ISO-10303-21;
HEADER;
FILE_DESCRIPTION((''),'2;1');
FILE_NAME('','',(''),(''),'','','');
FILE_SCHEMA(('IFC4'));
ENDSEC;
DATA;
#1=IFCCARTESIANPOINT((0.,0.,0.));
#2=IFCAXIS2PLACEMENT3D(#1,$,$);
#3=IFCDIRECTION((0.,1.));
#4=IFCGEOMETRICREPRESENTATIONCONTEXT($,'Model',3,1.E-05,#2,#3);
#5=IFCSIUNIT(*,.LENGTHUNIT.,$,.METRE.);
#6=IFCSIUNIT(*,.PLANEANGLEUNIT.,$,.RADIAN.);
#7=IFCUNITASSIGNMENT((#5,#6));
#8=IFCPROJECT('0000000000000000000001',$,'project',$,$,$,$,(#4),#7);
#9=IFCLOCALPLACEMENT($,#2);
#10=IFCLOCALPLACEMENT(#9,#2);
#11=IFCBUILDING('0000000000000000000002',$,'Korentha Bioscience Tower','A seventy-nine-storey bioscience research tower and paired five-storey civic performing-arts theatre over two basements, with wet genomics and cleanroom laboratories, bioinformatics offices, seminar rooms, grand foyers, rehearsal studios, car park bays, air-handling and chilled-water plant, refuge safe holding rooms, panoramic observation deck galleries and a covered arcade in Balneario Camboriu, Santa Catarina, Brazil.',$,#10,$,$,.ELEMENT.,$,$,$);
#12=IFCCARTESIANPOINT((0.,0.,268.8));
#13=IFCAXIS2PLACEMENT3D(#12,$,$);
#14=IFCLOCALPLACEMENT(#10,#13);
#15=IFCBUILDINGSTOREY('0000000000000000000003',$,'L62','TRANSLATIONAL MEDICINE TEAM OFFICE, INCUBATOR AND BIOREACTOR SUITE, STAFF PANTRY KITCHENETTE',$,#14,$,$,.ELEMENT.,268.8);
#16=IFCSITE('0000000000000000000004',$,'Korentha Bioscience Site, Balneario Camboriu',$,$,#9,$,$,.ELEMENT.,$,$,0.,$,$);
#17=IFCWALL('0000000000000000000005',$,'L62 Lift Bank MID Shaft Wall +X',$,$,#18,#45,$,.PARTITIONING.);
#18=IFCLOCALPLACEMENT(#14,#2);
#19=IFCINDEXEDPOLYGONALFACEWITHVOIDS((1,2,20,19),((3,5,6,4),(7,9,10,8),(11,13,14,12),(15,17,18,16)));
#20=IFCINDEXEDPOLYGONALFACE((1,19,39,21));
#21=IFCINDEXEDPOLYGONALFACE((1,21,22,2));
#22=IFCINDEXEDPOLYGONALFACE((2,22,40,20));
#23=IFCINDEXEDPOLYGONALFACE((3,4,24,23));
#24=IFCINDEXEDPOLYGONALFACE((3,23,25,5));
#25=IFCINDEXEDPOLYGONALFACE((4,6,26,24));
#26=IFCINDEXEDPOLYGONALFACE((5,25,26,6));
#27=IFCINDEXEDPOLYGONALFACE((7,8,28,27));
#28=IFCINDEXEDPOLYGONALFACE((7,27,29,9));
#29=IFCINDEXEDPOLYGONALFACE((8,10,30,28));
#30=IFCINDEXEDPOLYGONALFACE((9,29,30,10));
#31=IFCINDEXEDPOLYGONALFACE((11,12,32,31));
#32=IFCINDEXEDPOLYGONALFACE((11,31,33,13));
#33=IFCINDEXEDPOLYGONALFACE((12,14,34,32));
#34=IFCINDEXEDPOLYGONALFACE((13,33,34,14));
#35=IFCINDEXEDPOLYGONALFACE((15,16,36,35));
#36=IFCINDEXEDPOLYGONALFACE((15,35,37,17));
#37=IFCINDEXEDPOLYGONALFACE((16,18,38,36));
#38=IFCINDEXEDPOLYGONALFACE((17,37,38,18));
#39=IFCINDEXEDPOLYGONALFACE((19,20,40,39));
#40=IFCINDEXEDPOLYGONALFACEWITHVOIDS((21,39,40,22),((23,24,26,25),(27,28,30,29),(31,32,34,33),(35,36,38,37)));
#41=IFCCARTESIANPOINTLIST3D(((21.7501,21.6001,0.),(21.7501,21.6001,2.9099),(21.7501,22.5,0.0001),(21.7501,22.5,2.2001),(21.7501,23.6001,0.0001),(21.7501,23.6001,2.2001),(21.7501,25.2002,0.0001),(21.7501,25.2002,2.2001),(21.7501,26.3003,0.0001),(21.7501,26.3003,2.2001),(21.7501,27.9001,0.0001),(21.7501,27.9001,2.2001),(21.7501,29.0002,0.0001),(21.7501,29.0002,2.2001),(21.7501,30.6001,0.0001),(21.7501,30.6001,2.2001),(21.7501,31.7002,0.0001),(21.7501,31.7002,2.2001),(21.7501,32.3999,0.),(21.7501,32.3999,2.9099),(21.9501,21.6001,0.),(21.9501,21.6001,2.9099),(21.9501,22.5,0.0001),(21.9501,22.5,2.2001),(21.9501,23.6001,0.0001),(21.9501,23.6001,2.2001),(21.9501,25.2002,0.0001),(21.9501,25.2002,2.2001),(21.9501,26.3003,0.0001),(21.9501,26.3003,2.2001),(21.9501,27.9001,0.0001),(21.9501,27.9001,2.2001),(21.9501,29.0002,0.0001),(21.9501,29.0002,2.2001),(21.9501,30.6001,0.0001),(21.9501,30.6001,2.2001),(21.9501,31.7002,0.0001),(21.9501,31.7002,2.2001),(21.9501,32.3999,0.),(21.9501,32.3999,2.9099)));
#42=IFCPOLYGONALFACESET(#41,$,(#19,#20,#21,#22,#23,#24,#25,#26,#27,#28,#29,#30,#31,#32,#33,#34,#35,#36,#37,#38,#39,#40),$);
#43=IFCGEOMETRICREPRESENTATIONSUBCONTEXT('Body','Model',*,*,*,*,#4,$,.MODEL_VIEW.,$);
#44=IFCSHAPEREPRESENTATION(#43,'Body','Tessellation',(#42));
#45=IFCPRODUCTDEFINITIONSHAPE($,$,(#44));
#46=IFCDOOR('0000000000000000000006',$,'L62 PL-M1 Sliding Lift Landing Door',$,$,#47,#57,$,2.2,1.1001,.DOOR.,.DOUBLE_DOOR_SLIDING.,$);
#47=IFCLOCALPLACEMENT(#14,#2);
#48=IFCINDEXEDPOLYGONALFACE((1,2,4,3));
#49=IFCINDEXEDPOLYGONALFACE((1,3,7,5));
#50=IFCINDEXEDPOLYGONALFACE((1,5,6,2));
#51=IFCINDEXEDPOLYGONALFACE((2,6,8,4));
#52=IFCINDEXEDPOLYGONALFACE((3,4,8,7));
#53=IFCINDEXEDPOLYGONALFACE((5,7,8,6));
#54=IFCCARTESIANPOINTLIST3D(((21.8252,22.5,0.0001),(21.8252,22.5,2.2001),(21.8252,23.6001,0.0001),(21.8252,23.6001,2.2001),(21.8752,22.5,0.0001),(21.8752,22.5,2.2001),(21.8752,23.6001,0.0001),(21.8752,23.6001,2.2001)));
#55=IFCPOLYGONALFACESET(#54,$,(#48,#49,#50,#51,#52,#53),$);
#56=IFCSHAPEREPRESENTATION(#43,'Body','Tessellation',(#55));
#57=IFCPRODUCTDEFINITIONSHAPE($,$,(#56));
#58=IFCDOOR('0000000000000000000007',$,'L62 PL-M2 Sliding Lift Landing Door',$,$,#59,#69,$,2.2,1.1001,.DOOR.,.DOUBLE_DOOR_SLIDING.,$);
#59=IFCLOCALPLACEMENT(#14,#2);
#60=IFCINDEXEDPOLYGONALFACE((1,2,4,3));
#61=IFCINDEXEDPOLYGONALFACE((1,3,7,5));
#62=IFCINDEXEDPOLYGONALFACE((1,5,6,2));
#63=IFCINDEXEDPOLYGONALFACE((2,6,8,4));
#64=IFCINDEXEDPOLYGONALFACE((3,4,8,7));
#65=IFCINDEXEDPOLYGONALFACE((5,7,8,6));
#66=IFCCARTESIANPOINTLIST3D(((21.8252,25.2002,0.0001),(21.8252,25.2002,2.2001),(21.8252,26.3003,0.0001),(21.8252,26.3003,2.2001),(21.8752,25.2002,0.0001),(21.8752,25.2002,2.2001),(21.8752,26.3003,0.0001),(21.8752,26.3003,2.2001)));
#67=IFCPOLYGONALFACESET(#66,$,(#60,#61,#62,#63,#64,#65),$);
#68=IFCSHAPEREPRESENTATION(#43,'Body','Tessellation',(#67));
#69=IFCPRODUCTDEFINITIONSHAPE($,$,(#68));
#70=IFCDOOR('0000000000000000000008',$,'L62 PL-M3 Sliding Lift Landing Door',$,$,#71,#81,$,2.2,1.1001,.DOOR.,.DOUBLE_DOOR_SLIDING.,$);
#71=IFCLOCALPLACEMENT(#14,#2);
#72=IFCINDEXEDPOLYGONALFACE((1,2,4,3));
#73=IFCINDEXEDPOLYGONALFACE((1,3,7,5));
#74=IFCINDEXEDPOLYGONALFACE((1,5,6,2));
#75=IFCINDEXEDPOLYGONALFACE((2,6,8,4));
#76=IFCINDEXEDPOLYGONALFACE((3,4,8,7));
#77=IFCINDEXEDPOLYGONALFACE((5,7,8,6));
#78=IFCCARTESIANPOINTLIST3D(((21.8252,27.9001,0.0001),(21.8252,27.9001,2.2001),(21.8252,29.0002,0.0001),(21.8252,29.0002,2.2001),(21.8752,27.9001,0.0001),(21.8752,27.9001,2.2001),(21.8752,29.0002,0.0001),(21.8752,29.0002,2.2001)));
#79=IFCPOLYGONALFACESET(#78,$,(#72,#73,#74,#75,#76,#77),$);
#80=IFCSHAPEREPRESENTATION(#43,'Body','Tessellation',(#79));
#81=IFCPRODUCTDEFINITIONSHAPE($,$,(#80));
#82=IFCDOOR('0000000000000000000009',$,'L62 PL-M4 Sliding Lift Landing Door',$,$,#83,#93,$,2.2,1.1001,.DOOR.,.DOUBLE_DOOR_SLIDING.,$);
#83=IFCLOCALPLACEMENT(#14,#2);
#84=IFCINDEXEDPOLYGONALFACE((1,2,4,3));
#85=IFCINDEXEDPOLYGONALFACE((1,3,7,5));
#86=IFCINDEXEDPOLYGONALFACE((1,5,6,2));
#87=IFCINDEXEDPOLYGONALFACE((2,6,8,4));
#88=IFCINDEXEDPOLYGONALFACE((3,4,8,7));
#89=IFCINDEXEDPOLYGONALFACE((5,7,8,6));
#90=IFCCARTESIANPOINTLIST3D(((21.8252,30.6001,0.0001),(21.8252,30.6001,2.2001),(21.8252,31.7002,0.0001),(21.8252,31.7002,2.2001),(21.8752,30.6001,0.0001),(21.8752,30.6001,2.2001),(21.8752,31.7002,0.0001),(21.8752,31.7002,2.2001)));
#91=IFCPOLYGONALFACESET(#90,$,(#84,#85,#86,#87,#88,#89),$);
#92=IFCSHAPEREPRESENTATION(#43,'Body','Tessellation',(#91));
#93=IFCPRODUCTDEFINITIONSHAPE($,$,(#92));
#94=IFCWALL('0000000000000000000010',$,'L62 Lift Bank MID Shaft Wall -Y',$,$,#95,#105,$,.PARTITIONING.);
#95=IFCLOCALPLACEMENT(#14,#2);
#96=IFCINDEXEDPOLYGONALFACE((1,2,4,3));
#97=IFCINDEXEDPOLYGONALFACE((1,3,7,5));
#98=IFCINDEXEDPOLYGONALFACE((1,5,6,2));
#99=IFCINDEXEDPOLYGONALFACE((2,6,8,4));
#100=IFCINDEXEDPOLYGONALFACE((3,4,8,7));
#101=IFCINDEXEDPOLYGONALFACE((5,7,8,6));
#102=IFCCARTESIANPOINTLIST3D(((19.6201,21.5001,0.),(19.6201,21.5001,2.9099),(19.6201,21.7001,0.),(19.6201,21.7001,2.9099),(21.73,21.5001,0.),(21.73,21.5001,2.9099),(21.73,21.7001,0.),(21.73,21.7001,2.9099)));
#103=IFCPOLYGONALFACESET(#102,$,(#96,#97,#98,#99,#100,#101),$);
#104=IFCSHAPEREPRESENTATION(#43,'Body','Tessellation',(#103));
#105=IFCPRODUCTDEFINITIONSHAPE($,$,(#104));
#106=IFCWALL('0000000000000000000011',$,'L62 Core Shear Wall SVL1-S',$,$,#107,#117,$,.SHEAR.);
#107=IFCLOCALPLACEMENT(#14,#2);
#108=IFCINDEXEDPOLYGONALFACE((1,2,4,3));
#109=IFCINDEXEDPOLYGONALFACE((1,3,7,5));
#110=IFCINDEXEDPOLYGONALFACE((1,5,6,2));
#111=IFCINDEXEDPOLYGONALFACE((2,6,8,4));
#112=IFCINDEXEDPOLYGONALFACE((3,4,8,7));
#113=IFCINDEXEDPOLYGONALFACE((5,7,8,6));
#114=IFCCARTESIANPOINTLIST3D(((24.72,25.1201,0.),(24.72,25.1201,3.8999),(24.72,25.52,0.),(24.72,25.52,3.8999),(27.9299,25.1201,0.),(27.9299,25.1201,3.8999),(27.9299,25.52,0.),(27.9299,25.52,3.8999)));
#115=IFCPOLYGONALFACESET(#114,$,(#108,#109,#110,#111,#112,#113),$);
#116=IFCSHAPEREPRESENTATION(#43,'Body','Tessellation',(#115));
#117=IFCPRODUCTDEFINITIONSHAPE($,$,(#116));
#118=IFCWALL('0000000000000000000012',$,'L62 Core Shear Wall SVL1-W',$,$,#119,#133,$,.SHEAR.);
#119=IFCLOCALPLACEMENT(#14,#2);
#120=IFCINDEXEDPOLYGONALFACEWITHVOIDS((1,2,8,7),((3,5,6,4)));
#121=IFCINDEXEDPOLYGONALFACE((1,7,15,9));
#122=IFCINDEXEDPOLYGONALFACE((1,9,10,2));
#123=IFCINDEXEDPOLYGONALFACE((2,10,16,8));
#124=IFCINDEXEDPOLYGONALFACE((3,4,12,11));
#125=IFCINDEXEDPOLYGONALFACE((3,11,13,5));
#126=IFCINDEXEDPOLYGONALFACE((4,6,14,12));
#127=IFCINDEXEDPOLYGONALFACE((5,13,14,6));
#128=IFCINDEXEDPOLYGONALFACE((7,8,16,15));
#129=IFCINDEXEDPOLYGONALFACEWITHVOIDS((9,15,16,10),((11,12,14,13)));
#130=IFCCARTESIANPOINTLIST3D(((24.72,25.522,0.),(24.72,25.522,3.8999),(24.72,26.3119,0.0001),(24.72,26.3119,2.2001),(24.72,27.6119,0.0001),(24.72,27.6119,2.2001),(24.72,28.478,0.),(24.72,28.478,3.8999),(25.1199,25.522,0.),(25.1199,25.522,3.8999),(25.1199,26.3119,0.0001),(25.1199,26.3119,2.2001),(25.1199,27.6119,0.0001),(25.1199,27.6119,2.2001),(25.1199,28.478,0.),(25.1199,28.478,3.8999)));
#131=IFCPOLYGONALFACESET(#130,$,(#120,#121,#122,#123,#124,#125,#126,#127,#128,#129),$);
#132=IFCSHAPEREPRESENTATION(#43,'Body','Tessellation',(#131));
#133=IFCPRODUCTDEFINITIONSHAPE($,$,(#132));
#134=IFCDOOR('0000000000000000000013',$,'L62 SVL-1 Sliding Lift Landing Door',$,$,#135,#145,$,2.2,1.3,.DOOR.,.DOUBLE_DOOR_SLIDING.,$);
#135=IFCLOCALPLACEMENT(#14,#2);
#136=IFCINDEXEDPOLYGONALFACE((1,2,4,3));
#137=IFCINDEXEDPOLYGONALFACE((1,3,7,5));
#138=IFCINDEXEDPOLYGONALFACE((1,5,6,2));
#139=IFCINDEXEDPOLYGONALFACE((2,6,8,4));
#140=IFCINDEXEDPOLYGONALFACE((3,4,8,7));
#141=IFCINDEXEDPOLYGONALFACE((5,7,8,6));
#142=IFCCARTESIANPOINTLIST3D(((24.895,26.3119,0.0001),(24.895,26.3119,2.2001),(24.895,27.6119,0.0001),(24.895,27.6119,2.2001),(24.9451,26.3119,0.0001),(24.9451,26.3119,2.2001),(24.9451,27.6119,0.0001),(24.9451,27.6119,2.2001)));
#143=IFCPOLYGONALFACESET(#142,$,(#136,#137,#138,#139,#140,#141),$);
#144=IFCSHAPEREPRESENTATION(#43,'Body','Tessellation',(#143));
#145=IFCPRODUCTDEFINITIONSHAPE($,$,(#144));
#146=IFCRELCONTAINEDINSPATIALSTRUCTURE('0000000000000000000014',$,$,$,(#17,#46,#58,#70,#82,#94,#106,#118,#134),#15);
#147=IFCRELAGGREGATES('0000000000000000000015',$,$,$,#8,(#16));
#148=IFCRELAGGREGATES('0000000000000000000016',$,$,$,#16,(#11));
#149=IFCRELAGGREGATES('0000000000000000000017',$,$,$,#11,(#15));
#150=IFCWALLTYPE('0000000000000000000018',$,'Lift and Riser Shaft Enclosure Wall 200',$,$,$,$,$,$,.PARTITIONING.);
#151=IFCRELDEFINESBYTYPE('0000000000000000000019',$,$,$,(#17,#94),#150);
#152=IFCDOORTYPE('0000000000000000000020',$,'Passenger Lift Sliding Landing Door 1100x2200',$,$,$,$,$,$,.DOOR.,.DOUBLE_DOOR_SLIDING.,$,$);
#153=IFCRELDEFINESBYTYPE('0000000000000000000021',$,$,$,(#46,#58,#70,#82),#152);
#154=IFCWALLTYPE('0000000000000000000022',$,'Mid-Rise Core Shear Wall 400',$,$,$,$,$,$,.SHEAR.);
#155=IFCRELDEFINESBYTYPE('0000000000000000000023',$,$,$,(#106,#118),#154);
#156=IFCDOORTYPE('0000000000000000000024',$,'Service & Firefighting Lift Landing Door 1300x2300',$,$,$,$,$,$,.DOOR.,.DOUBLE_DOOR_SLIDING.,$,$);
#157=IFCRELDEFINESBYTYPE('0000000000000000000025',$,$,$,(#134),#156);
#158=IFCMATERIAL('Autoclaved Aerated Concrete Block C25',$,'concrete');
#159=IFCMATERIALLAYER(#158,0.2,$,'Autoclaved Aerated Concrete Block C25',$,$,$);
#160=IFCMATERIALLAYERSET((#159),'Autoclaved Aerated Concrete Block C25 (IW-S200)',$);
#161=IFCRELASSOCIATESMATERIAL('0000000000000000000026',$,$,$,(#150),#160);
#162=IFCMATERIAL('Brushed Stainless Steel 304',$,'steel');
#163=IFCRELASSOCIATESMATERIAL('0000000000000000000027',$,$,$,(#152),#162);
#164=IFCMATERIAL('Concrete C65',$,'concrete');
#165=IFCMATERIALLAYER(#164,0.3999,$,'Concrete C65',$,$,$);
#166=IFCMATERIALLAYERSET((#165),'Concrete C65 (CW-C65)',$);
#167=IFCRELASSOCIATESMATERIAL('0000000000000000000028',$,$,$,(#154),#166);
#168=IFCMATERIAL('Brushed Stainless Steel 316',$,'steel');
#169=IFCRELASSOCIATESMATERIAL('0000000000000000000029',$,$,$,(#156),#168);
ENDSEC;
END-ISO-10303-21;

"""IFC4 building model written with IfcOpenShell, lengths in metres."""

from ifc_helpers import new_model, si_unit, direction, frame, frame_2d, origin, place, context, subcontext, project, spatial, rectangle, extrude, material, layer, layer_set, type_object, element, fill, save


model = new_model("IFC4")

# Units and contexts
model_context = context("Model", 3, precision=1e-05, world=origin(), true_north=direction((0.0, 1.0)))
body_context = subcontext(model_context, "Body", "Model", "MODEL_VIEW")
ifc_project = project(units=[si_unit("LENGTHUNIT", "METRE"), si_unit("PLANEANGLEUNIT", "RADIAN")], contexts=[model_context])

# Site, building, storey
site_placement = place(None, origin())
site = spatial("IfcSite", under=ifc_project, at=site_placement, Name="Korentha Bioscience Site, Balneario Camboriu", CompositionType="ELEMENT", RefElevation=0.0)
building_placement = place(site_placement, origin())
building = spatial("IfcBuilding", under=site, at=building_placement, Name="Korentha Bioscience Tower", Description="A seventy-nine-storey bioscience research tower and paired five-storey civic performing-arts theatre over two basements, with wet genomics and cleanroom laboratories, bioinformatics offices, seminar rooms, grand foyers, rehearsal studios, car park bays, air-handling and chilled-water plant, refuge safe holding rooms, panoramic observation deck galleries and a covered arcade in Balneario Camboriu, Santa Catarina, Brazil.", CompositionType="ELEMENT")
storey_placement = place(building_placement, frame((0.0, 0.0, 268.8)))
storey = spatial("IfcBuildingStorey", under=building, at=storey_placement, Name="L62", Description="TRANSLATIONAL MEDICINE TEAM OFFICE, INCUBATOR AND BIOREACTOR SUITE, STAFF PANTRY KITCHENETTE", CompositionType="ELEMENT", Elevation=268.8)

# Shared definitions
ifc_material_1 = material(Name="Concrete C65", Category="concrete")

# Shared definitions
ifc_material_2 = material(Name="Autoclaved Aerated Concrete Block C25", Category="concrete")
ifc_layer_1 = layer(ifc_material_2, 0.2, Name="Autoclaved Aerated Concrete Block C25")
ifc_layer_set_1 = layer_set([ifc_layer_1], Name="Autoclaved Aerated Concrete Block C25 (IW-S200)")
wall_type_1 = type_object("IfcWallType", Name="Lift and Riser Shaft Enclosure Wall 200", PredefinedType="PARTITIONING", material=ifc_layer_set_1)

# Wall, openings, doors
wall_1_placement = place(storey_placement, frame((21.8501, 21.6001, 0.0), z_axis=(0.0, 0.0, 1.0), x_axis=(0.0, 1.0, 0.0)))
wall_1 = element("IfcWall", 1, at=wall_1_placement, inside=storey, type_object=wall_type_1, Name="L62 Lift Bank MID Shaft Wall +X", PredefinedType="PARTITIONING", context=body_context, shape_type="SweptSolid", body=[
    extrude(rectangle(XDim=10.7998, YDim=0.2, at=frame_2d((5.3999, 0.0))), origin(), (0.0, 0.0, 1.0), 2.9099),
])
opening_1_placement = place(wall_1_placement, frame((0.8999, 0.0, 0.0)))
opening_1 = element("IfcOpeningElement", 2, at=opening_1_placement, cuts=wall_1, PredefinedType="OPENING", context=body_context, shape_type="SweptSolid", body=[
    extrude(rectangle(XDim=1.1001, YDim=2.2, at=frame_2d((0.55, 1.1001))), frame((0.0, 0.1147, 0.0), z_axis=(0.0, -1.0, 0.0), x_axis=(1.0, 0.0, 0.0)), (0.0, 0.0, 1.0), 0.2297),
])
opening_2_placement = place(wall_1_placement, frame((3.6001, 0.0, 0.0)))
opening_2 = element("IfcOpeningElement", 3, at=opening_2_placement, cuts=wall_1, PredefinedType="OPENING", context=body_context, shape_type="SweptSolid", body=[
    extrude(rectangle(XDim=1.1001, YDim=2.2, at=frame_2d((0.55, 1.1001))), frame((0.0, 0.1147, 0.0), z_axis=(0.0, -1.0, 0.0), x_axis=(1.0, 0.0, 0.0)), (0.0, 0.0, 1.0), 0.2297),
])
opening_3_placement = place(wall_1_placement, frame((6.3, 0.0, 0.0)))
opening_3 = element("IfcOpeningElement", 4, at=opening_3_placement, cuts=wall_1, PredefinedType="OPENING", context=body_context, shape_type="SweptSolid", body=[
    extrude(rectangle(XDim=1.1001, YDim=2.2, at=frame_2d((0.55, 1.1001))), frame((0.0, 0.1147, 0.0), z_axis=(0.0, -1.0, 0.0), x_axis=(1.0, 0.0, 0.0)), (0.0, 0.0, 1.0), 0.2297),
])
opening_4_placement = place(wall_1_placement, frame((9.0, 0.0, 0.0)))
opening_4 = element("IfcOpeningElement", 5, at=opening_4_placement, cuts=wall_1, PredefinedType="OPENING", context=body_context, shape_type="SweptSolid", body=[
    extrude(rectangle(XDim=1.1001, YDim=2.2, at=frame_2d((0.55, 1.1001))), frame((0.0, 0.1147, 0.0), z_axis=(0.0, -1.0, 0.0), x_axis=(1.0, 0.0, 0.0)), (0.0, 0.0, 1.0), 0.2297),
])
ifc_material_3 = material(Name="Brushed Stainless Steel 304", Category="steel")
door_type_1 = type_object("IfcDoorType", Name="Passenger Lift Sliding Landing Door 1100x2200", OperationType="DOUBLE_DOOR_SLIDING", PredefinedType="DOOR", material=ifc_material_3)
door_1_placement = place(opening_1_placement, origin())
door_1 = element("IfcDoor", 6, at=door_1_placement, inside=storey, type_object=door_type_1, Name="L62 PL-M1 Sliding Lift Landing Door", OperationType="DOUBLE_DOOR_SLIDING", OverallHeight=2.2, OverallWidth=1.1001, PredefinedType="DOOR", context=body_context, shape_type="SweptSolid", body=[
    extrude(rectangle(XDim=1.1001, YDim=2.2, at=frame_2d((0.55, 1.1001))), frame((0.0, 0.0249, 0.0), z_axis=(0.0, -1.0, 0.0), x_axis=(1.0, 0.0, 0.0)), (0.0, 0.0, 1.0), 0.05),
])
fill(opening_1, door_1)
door_2_placement = place(opening_2_placement, origin())
door_2 = element("IfcDoor", 7, at=door_2_placement, inside=storey, type_object=door_type_1, Name="L62 PL-M2 Sliding Lift Landing Door", OperationType="DOUBLE_DOOR_SLIDING", OverallHeight=2.2, OverallWidth=1.1001, PredefinedType="DOOR", context=body_context, shape_type="SweptSolid", body=[
    extrude(rectangle(XDim=1.1001, YDim=2.2, at=frame_2d((0.55, 1.1001))), frame((0.0, 0.0249, 0.0), z_axis=(0.0, -1.0, 0.0), x_axis=(1.0, 0.0, 0.0)), (0.0, 0.0, 1.0), 0.05),
])
fill(opening_2, door_2)
door_3_placement = place(opening_3_placement, origin())
door_3 = element("IfcDoor", 8, at=door_3_placement, inside=storey, type_object=door_type_1, Name="L62 PL-M3 Sliding Lift Landing Door", OperationType="DOUBLE_DOOR_SLIDING", OverallHeight=2.2, OverallWidth=1.1001, PredefinedType="DOOR", context=body_context, shape_type="SweptSolid", body=[
    extrude(rectangle(XDim=1.1001, YDim=2.2, at=frame_2d((0.55, 1.1001))), frame((0.0, 0.0249, 0.0), z_axis=(0.0, -1.0, 0.0), x_axis=(1.0, 0.0, 0.0)), (0.0, 0.0, 1.0), 0.05),
])
fill(opening_3, door_3)
door_4_placement = place(opening_4_placement, origin())
door_4 = element("IfcDoor", 9, at=door_4_placement, inside=storey, type_object=door_type_1, Name="L62 PL-M4 Sliding Lift Landing Door", OperationType="DOUBLE_DOOR_SLIDING", OverallHeight=2.2, OverallWidth=1.1001, PredefinedType="DOOR", context=body_context, shape_type="SweptSolid", body=[
    extrude(rectangle(XDim=1.1001, YDim=2.2, at=frame_2d((0.55, 1.1001))), frame((0.0, 0.0249, 0.0), z_axis=(0.0, -1.0, 0.0), x_axis=(1.0, 0.0, 0.0)), (0.0, 0.0, 1.0), 0.05),
])
fill(opening_4, door_4)

# Walls
wall_2_placement = place(storey_placement, frame((19.6201, 21.6001, 0.0), z_axis=(0.0, 0.0, 1.0), x_axis=(1.0, 0.0, 0.0)))
element("IfcWall", 10, at=wall_2_placement, inside=storey, type_object=wall_type_1, Name="L62 Lift Bank MID Shaft Wall -Y", PredefinedType="PARTITIONING", context=body_context, shape_type="SweptSolid", body=[
    extrude(rectangle(XDim=2.1099, YDim=0.2, at=frame_2d((1.0549, 0.0))), origin(), (0.0, 0.0, 1.0), 2.9099),
])
ifc_layer_2 = layer(ifc_material_1, 0.3999, Name="Concrete C65")
ifc_layer_set_2 = layer_set([ifc_layer_2], Name="Concrete C65 (CW-C65)")
wall_type_2 = type_object("IfcWallType", Name="Mid-Rise Core Shear Wall 400", PredefinedType="SHEAR", material=ifc_layer_set_2)
wall_3_placement = place(storey_placement, frame((24.72, 25.3201, 0.0), z_axis=(0.0, 0.0, 1.0), x_axis=(1.0, 0.0, 0.0)))
element("IfcWall", 11, at=wall_3_placement, inside=storey, type_object=wall_type_2, Name="L62 Core Shear Wall SVL1-S", PredefinedType="SHEAR", context=body_context, shape_type="SweptSolid", body=[
    extrude(rectangle(XDim=3.21, YDim=0.3999, at=frame_2d((1.605, 0.0))), origin(), (0.0, 0.0, 1.0), 3.8999),
])

# Wall, opening, door
wall_4_placement = place(storey_placement, frame((24.9199, 25.522, 0.0), z_axis=(0.0, 0.0, 1.0), x_axis=(0.0, 1.0, 0.0)))
wall_4 = element("IfcWall", 12, at=wall_4_placement, inside=storey, type_object=wall_type_2, Name="L62 Core Shear Wall SVL1-W", PredefinedType="SHEAR", context=body_context, shape_type="SweptSolid", body=[
    extrude(rectangle(XDim=2.9561, YDim=0.3999, at=frame_2d((1.478, 0.0))), origin(), (0.0, 0.0, 1.0), 3.8999),
])
opening_5_placement = place(wall_4_placement, frame((0.79, 0.0, 0.0)))
opening_5 = element("IfcOpeningElement", 13, at=opening_5_placement, cuts=wall_4, PredefinedType="OPENING", context=body_context, shape_type="SweptSolid", body=[
    extrude(rectangle(XDim=1.3, YDim=2.2, at=frame_2d((0.6499, 1.1001))), frame((0.0, 0.2148, 0.0), z_axis=(0.0, -1.0, 0.0), x_axis=(1.0, 0.0, 0.0)), (0.0, 0.0, 1.0), 0.4297),
])
ifc_material_4 = material(Name="Brushed Stainless Steel 316", Category="steel")
door_type_2 = type_object("IfcDoorType", Name="Service & Firefighting Lift Landing Door 1300x2300", OperationType="DOUBLE_DOOR_SLIDING", PredefinedType="DOOR", material=ifc_material_4)
door_5_placement = place(opening_5_placement, origin())
door_5 = element("IfcDoor", 14, at=door_5_placement, inside=storey, type_object=door_type_2, Name="L62 SVL-1 Sliding Lift Landing Door", OperationType="DOUBLE_DOOR_SLIDING", OverallHeight=2.2, OverallWidth=1.3, PredefinedType="DOOR", context=body_context, shape_type="SweptSolid", body=[
    extrude(rectangle(XDim=1.3, YDim=2.2, at=frame_2d((0.6499, 1.1001))), frame((0.0, 0.0249, 0.0), z_axis=(0.0, -1.0, 0.0), x_axis=(1.0, 0.0, 0.0)), (0.0, 0.0, 1.0), 0.05),
])
fill(opening_5, door_5)

save(model, "model.ifc")
